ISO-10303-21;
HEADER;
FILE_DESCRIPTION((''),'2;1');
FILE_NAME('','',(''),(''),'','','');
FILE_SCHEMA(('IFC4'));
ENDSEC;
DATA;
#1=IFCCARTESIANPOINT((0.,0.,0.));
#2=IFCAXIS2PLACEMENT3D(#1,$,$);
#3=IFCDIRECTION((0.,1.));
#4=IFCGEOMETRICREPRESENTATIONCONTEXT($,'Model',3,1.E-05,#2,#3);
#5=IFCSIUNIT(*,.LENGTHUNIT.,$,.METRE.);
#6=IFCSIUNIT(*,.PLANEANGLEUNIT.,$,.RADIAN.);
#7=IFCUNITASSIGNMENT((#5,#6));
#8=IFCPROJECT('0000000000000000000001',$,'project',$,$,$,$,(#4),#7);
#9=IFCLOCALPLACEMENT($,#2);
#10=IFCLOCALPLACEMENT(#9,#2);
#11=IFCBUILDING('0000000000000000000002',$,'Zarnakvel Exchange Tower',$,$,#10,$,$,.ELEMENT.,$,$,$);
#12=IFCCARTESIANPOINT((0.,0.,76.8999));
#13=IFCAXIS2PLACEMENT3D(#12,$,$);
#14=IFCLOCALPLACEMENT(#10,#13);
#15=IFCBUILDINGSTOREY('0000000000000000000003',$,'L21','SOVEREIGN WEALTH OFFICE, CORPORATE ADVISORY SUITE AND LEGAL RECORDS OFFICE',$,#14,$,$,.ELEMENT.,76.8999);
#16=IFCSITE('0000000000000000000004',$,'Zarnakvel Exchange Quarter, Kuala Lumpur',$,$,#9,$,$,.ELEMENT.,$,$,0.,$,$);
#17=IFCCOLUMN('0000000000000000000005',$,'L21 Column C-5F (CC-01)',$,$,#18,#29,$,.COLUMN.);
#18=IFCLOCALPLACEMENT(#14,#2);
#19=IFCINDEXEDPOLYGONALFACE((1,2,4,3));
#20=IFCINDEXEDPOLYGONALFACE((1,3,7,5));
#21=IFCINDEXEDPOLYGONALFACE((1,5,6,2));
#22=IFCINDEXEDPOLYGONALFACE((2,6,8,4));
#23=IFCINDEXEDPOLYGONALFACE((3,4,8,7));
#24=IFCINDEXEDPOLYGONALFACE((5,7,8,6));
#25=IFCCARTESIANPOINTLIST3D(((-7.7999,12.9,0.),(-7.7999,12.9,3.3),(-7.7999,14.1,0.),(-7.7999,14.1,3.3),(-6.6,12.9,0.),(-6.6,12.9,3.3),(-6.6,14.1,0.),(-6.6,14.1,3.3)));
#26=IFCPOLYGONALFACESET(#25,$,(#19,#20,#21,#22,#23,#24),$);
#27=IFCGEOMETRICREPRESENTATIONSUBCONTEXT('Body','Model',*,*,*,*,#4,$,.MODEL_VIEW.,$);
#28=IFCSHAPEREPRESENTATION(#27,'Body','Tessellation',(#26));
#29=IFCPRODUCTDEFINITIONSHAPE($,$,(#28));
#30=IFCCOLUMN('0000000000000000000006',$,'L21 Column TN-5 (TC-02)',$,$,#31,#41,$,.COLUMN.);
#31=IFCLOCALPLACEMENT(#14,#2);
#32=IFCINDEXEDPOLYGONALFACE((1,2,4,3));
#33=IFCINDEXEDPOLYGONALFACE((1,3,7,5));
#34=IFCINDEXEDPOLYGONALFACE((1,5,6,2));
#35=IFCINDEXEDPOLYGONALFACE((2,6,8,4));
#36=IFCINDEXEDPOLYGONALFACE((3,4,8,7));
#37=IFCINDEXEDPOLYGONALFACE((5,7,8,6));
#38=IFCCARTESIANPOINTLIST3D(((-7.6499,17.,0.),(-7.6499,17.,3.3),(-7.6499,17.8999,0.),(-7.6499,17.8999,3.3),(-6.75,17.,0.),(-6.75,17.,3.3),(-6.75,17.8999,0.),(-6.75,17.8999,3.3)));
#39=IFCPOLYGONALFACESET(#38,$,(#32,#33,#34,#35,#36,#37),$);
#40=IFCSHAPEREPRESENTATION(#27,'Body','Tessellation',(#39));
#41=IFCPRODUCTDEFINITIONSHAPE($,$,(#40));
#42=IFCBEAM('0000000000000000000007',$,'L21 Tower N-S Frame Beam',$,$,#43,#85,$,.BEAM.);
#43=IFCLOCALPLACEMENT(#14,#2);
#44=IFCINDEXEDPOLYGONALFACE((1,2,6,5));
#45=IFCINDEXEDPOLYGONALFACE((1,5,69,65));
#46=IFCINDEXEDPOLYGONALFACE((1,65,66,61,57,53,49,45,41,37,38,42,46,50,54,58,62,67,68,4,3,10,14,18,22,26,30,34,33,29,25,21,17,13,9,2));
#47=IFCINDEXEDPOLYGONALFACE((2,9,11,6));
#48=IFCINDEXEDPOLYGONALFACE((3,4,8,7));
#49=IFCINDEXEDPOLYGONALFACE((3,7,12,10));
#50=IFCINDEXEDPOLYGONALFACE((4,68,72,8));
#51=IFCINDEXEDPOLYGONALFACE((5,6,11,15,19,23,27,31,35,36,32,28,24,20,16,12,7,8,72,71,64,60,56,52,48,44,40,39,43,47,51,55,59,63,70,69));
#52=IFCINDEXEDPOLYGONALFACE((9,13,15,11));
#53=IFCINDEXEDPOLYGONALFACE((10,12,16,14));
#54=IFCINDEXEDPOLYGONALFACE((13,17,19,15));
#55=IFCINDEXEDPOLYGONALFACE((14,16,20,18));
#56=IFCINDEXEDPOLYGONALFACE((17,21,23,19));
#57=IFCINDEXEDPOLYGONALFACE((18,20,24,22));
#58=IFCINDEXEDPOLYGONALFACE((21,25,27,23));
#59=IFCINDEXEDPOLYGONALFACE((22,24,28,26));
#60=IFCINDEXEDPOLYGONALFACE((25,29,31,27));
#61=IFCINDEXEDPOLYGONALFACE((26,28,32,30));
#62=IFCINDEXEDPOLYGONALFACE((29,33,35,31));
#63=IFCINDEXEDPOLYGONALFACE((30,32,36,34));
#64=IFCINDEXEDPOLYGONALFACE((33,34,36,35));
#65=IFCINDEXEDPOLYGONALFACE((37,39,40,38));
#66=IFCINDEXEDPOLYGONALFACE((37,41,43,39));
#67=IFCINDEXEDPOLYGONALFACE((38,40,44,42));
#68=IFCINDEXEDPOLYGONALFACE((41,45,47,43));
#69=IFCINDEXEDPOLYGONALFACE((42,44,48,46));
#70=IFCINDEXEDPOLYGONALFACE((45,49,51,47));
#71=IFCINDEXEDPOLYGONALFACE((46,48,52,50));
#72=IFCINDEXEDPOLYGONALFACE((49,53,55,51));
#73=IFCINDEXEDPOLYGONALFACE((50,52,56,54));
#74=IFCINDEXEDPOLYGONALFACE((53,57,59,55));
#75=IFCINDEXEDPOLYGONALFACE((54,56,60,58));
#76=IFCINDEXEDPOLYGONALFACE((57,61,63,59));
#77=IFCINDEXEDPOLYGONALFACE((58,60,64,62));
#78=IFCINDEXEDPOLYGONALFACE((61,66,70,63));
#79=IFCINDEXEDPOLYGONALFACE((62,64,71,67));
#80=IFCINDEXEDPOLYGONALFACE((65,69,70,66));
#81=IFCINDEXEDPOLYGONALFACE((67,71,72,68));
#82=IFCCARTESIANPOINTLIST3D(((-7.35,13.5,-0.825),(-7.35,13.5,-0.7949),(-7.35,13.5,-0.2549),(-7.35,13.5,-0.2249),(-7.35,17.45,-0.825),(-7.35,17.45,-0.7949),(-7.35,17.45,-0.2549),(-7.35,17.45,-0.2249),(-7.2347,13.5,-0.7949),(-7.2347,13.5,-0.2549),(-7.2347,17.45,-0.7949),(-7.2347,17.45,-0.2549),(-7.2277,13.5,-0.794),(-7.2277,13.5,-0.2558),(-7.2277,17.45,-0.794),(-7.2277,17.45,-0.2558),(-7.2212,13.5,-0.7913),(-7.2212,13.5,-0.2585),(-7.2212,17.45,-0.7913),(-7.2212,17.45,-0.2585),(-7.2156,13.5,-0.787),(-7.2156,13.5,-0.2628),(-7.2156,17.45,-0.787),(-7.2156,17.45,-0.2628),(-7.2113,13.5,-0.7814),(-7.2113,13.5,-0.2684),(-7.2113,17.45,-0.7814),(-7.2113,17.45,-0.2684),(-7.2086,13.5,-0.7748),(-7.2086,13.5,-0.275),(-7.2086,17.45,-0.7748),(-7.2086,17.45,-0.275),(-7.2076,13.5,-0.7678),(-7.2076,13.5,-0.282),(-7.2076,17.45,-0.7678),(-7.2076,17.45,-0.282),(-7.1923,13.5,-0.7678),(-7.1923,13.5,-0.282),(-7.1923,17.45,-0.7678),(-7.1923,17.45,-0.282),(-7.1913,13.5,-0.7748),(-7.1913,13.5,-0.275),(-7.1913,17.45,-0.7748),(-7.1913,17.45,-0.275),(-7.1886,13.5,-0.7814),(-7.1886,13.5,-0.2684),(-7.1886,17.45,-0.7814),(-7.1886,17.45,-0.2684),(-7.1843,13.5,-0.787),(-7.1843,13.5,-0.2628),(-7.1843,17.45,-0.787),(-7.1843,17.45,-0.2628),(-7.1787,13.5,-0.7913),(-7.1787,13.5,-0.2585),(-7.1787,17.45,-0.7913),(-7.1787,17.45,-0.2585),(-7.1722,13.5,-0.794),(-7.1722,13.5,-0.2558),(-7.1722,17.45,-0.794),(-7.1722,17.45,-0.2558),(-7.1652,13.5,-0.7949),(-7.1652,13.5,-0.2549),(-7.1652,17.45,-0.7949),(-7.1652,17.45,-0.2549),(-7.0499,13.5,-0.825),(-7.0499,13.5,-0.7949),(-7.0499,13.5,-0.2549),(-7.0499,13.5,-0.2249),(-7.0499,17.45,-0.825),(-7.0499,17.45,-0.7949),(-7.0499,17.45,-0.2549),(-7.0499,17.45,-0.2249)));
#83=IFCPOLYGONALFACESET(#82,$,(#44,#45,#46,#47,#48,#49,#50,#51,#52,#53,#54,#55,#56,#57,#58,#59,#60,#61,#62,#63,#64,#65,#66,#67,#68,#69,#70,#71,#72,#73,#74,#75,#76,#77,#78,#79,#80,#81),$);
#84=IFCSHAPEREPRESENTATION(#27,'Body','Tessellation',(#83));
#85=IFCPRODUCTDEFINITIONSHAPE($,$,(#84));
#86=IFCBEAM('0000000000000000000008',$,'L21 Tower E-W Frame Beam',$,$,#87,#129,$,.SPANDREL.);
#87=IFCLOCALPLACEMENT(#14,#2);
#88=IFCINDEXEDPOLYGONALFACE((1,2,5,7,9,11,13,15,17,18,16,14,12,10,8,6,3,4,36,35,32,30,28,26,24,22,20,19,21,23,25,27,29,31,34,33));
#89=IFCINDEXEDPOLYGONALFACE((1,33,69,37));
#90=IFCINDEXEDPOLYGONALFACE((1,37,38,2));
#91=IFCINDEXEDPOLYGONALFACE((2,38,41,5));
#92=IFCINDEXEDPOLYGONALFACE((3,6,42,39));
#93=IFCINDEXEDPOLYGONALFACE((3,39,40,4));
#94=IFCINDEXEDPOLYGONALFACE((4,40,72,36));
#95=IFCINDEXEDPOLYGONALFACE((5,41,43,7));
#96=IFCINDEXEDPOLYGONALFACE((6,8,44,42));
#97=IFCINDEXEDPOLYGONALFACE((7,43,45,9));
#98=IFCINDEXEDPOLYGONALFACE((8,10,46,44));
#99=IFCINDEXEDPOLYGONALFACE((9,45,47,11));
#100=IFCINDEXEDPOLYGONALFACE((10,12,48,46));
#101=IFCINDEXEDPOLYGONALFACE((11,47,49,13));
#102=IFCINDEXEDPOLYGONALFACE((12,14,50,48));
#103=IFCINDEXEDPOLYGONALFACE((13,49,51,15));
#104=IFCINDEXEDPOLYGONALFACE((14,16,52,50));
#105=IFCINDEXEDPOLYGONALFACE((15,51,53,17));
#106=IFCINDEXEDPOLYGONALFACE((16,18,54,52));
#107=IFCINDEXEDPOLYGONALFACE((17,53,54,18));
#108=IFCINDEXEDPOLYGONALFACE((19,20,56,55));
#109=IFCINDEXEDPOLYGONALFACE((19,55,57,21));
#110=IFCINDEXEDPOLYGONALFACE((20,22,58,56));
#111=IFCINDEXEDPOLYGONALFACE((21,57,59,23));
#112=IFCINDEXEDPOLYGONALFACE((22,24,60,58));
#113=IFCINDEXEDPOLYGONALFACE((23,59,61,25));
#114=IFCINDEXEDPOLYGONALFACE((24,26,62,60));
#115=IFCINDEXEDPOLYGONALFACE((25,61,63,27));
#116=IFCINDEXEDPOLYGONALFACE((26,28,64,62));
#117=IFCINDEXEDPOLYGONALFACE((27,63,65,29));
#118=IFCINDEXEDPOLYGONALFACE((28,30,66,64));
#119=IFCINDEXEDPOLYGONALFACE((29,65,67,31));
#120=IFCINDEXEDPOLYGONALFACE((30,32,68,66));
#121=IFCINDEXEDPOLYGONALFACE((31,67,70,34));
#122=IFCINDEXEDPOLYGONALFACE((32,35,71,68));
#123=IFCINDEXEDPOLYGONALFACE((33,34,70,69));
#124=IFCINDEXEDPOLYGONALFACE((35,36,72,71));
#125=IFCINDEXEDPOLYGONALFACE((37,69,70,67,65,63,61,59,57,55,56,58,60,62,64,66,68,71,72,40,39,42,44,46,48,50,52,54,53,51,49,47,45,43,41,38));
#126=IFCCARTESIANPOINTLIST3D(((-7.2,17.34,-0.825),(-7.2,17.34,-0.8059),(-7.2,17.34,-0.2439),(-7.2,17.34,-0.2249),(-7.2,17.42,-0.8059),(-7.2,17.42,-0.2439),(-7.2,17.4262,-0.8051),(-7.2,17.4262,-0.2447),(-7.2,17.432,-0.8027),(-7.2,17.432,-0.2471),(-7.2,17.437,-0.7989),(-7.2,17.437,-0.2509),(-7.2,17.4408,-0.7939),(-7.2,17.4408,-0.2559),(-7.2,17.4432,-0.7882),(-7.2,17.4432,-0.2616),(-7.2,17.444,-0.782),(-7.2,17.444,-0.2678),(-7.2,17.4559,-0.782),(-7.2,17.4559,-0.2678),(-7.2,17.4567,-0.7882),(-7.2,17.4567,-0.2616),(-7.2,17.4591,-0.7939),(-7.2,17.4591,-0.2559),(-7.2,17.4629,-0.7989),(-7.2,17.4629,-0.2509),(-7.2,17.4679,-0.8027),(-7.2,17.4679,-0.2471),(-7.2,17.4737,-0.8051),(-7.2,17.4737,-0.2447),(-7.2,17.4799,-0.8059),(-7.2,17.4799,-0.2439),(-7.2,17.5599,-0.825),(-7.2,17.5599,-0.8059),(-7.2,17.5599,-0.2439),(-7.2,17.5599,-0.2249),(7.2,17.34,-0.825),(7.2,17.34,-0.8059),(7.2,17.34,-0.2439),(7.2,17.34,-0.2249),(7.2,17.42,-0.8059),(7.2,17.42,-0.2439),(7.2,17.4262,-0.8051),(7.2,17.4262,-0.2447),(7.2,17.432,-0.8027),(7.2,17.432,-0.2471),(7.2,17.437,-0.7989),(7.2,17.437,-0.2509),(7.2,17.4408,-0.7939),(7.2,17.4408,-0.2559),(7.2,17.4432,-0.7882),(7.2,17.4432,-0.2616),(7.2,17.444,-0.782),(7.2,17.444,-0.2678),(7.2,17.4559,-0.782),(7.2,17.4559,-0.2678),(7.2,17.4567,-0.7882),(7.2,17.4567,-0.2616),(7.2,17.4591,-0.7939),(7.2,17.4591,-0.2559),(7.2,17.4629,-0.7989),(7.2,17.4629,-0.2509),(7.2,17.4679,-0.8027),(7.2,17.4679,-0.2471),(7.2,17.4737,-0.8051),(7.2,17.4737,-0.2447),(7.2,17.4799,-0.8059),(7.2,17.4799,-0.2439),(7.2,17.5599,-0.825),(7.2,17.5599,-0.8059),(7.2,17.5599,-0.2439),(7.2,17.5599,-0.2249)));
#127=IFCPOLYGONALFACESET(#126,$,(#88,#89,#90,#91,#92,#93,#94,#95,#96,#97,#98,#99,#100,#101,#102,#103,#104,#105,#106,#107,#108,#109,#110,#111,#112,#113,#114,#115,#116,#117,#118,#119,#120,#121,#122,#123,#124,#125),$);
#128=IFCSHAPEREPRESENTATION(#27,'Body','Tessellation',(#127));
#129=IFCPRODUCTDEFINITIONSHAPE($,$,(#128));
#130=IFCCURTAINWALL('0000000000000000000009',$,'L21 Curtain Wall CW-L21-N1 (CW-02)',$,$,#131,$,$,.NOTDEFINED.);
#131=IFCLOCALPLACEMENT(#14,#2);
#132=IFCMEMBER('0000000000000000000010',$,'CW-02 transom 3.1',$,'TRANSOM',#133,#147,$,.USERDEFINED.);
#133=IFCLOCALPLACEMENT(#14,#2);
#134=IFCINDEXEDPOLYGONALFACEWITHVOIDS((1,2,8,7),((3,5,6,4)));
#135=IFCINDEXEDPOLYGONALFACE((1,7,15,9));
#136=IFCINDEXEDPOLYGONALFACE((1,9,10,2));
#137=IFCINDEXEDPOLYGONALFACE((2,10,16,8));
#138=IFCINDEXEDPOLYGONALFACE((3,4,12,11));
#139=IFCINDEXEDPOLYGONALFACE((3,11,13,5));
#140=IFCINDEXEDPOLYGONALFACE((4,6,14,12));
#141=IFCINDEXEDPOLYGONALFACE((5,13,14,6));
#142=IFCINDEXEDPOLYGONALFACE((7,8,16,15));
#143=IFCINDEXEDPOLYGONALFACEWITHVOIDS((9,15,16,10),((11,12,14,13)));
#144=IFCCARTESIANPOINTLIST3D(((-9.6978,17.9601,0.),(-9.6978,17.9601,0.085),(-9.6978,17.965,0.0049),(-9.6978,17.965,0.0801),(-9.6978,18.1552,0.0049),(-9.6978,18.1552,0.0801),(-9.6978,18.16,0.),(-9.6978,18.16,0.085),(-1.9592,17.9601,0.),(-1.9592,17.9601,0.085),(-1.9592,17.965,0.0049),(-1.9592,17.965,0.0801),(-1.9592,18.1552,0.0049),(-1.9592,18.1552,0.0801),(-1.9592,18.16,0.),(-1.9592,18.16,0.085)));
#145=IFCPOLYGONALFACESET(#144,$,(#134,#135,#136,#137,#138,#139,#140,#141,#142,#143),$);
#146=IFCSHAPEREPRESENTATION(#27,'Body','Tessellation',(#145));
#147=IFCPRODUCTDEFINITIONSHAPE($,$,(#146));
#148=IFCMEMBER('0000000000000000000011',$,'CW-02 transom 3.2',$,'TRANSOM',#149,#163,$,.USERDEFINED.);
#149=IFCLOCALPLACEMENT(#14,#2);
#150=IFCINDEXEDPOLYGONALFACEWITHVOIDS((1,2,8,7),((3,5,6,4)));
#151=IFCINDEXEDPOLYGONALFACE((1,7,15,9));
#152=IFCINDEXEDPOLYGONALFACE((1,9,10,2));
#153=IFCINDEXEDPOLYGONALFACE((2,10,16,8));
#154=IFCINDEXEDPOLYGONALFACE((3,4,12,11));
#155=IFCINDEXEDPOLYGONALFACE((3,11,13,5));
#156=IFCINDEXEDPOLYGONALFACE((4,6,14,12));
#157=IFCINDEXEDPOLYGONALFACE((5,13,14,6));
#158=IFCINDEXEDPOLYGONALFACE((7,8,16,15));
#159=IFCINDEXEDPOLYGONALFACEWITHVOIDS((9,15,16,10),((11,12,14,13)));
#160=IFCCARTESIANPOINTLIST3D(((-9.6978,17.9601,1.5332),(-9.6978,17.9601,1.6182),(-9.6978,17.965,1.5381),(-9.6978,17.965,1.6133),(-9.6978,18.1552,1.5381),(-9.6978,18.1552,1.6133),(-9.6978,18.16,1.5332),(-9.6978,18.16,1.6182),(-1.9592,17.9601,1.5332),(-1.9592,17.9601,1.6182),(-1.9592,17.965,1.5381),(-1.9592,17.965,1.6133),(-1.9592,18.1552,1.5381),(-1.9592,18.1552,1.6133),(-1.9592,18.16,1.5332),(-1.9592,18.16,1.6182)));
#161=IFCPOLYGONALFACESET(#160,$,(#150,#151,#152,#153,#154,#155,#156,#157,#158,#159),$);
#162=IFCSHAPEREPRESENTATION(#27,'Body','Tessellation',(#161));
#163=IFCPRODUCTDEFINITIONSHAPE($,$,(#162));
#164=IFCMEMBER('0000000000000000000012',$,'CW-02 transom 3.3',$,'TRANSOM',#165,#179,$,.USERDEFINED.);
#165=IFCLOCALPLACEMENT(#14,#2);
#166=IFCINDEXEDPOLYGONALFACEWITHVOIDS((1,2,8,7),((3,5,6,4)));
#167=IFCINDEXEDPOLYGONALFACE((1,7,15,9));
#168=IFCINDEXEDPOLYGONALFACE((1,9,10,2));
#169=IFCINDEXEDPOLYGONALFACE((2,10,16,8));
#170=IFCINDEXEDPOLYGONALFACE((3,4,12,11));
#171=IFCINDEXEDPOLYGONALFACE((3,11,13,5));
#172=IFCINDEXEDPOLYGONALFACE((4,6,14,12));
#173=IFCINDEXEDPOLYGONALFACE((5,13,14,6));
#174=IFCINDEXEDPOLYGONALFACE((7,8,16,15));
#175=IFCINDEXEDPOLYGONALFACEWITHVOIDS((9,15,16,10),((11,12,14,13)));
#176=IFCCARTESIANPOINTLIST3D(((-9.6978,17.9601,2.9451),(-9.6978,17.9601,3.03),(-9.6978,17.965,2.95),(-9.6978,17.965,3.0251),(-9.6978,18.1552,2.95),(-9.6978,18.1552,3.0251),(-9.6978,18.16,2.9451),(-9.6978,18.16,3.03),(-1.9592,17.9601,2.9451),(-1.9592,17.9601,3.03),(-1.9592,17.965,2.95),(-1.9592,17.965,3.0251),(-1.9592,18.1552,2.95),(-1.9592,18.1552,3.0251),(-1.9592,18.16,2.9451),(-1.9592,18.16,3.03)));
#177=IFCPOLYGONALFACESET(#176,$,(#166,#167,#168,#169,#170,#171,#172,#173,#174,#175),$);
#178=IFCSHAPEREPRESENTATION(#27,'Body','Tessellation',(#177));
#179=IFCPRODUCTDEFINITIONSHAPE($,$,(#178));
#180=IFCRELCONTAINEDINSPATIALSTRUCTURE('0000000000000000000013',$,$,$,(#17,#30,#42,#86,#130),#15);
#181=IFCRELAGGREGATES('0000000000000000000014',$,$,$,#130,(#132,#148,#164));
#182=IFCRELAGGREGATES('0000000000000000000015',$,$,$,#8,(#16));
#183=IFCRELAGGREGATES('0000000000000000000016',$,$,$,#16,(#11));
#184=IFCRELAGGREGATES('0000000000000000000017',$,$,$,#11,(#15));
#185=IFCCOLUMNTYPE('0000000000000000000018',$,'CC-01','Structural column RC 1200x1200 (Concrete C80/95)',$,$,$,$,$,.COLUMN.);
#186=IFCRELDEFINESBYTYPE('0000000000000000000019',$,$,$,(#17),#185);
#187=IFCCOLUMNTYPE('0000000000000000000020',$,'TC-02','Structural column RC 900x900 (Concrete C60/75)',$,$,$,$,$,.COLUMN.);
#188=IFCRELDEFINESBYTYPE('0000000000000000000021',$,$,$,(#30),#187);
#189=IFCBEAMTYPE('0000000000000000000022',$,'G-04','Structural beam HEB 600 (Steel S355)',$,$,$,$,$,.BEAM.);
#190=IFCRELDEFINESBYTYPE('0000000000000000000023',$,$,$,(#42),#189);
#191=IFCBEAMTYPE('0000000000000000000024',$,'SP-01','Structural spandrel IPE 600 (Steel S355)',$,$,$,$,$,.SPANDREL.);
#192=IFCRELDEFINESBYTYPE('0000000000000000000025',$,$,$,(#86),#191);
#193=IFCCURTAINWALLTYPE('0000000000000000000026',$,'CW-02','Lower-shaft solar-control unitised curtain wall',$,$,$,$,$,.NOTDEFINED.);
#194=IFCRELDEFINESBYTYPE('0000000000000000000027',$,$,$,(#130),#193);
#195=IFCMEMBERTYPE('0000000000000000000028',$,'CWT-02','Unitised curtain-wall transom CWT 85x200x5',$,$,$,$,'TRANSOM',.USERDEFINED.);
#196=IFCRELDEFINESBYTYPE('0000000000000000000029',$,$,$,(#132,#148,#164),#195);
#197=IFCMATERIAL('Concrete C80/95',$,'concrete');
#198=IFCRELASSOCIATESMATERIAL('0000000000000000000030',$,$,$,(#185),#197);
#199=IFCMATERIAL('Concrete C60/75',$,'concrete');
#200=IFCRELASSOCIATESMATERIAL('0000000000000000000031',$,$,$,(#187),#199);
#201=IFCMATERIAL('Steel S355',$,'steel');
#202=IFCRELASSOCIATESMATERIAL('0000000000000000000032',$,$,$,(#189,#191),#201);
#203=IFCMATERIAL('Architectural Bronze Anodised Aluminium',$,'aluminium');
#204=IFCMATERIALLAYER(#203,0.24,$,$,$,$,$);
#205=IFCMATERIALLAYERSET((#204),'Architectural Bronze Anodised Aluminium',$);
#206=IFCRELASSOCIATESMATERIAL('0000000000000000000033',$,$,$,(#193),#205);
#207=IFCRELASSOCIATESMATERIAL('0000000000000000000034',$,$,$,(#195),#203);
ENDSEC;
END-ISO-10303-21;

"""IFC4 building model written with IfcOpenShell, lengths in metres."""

from ifc_helpers import new_model, si_unit, direction, frame, origin, origin_2d, place, context, subcontext, project, spatial, rectangle, hollow_rectangle, i_section, extrude, source, transform, mapped, material, layer, layer_set, material_profile, profile_set, type_object, element, aggregate, save


model = new_model("IFC4")

# Units and contexts
model_context = context("Model", 3, precision=1e-05, world=origin(), true_north=direction((0.0, 1.0)))
body_context = subcontext(model_context, "Body", "Model", "MODEL_VIEW")
ifc_project = project(units=[si_unit("LENGTHUNIT", "METRE"), si_unit("PLANEANGLEUNIT", "RADIAN")], contexts=[model_context])

# Site, building, storey
site_placement = place(None, origin())
site = spatial("IfcSite", under=ifc_project, at=site_placement, Name="Zarnakvel Exchange Quarter, Kuala Lumpur", CompositionType="ELEMENT", RefElevation=0.0)
building_placement = place(site_placement, origin())
building = spatial("IfcBuilding", under=site, at=building_placement, Name="Zarnakvel Exchange Tower", CompositionType="ELEMENT")
storey_placement = place(building_placement, frame((0.0, 0.0, 76.8999)))
storey = spatial("IfcBuildingStorey", under=building, at=storey_placement, Name="L21", Description="SOVEREIGN WEALTH OFFICE, CORPORATE ADVISORY SUITE AND LEGAL RECORDS OFFICE", CompositionType="ELEMENT", Elevation=76.8999)

# Columns
ifc_material_1 = material(Name="Concrete C80/95", Category="concrete")
ifc_material_profile_1 = material_profile(ifc_material_1, rectangle(XDim=1.2, YDim=1.2, at=origin_2d()))
ifc_profile_set_1 = profile_set([ifc_material_profile_1], Name="Concrete C80/95")
column_type_1 = type_object("IfcColumnType", Name="CC-01", Description="Structural column RC 1200x1200 (Concrete C80/95)", PredefinedType="COLUMN", material=ifc_profile_set_1)
column_1_placement = place(storey_placement, frame((-7.2, 13.5, 0.0), z_axis=(0.0, 0.0, 1.0), x_axis=(1.0, 0.0, 0.0)))
element("IfcColumn", 1, at=column_1_placement, inside=storey, type_object=column_type_1, Name="L21 Column C-5F (CC-01)", PredefinedType="COLUMN", context=body_context, shape_type="SweptSolid", body=[
    extrude(rectangle(XDim=1.2, YDim=1.2, at=origin_2d()), origin(), (0.0, 0.0, 1.0), 3.3),
])
ifc_material_2 = material(Name="Concrete C60/75", Category="concrete")
ifc_material_profile_2 = material_profile(ifc_material_2, rectangle(XDim=0.8999, YDim=0.8999, at=origin_2d()))
ifc_profile_set_2 = profile_set([ifc_material_profile_2], Name="Concrete C60/75")
column_type_2 = type_object("IfcColumnType", Name="TC-02", Description="Structural column RC 900x900 (Concrete C60/75)", PredefinedType="COLUMN", material=ifc_profile_set_2)
column_2_placement = place(storey_placement, frame((-7.2, 17.45, 0.0), z_axis=(0.0, 0.0, 1.0), x_axis=(1.0, 0.0, 0.0)))
element("IfcColumn", 2, at=column_2_placement, inside=storey, type_object=column_type_2, Name="L21 Column TN-5 (TC-02)", PredefinedType="COLUMN", context=body_context, shape_type="SweptSolid", body=[
    extrude(rectangle(XDim=0.8999, YDim=0.8999, at=origin_2d()), origin(), (0.0, 0.0, 1.0), 3.3),
])

# Beams
ifc_material_3 = material(Name="Steel S355", Category="steel")
ifc_material_profile_3 = material_profile(ifc_material_3, i_section(OverallWidth=0.3, OverallDepth=0.6001, WebThickness=0.0154, FlangeThickness=0.03, FilletRadius=0.0271, at=origin_2d()))
ifc_profile_set_3 = profile_set([ifc_material_profile_3], Name="Steel S355")
beam_type_1 = type_object("IfcBeamType", Name="G-04", Description="Structural beam HEB 600 (Steel S355)", PredefinedType="BEAM", material=ifc_profile_set_3)
beam_1_placement = place(storey_placement, frame((-7.2, 13.5, -0.5249), z_axis=(0.0, 1.0, 0.0), x_axis=(-1.0, 0.0, 0.0)))
element("IfcBeam", 3, at=beam_1_placement, inside=storey, type_object=beam_type_1, Name="L21 Tower N-S Frame Beam", PredefinedType="BEAM", context=body_context, shape_type="SweptSolid", body=[
    extrude(i_section(OverallWidth=0.3, OverallDepth=0.6001, WebThickness=0.0154, FlangeThickness=0.03, FilletRadius=0.0271, at=origin_2d()), origin(), (0.0, 0.0, 1.0), 3.95),
])
ifc_material_profile_4 = material_profile(ifc_material_3, i_section(OverallWidth=0.22, OverallDepth=0.6001, WebThickness=0.012, FlangeThickness=0.019, FilletRadius=0.0239, at=origin_2d()))
ifc_profile_set_4 = profile_set([ifc_material_profile_4], Name="Steel S355")
beam_type_2 = type_object("IfcBeamType", Name="SP-01", Description="Structural spandrel IPE 600 (Steel S355)", PredefinedType="SPANDREL", material=ifc_profile_set_4)
beam_2_placement = place(storey_placement, frame((-7.2, 17.45, -0.5249), z_axis=(1.0, 0.0, 0.0), x_axis=(0.0, 1.0, 0.0)))
element("IfcBeam", 4, at=beam_2_placement, inside=storey, type_object=beam_type_2, Name="L21 Tower E-W Frame Beam", PredefinedType="SPANDREL", context=body_context, shape_type="SweptSolid", body=[
    extrude(i_section(OverallWidth=0.22, OverallDepth=0.6001, WebThickness=0.012, FlangeThickness=0.019, FilletRadius=0.0239, at=origin_2d()), origin(), (0.0, 0.0, 1.0), 14.3999),
])

# Curtain wall, members
ifc_material_4 = material(Name="Architectural Bronze Anodised Aluminium", Category="aluminium")
ifc_layer_1 = layer(ifc_material_4, 0.24)
ifc_layer_set_1 = layer_set([ifc_layer_1], Name="Architectural Bronze Anodised Aluminium")
curtain_wall_type = type_object("IfcCurtainWallType", Name="CW-02", Description="Lower-shaft solar-control unitised curtain wall", PredefinedType="NOTDEFINED", material=ifc_layer_set_1)
curtain_wall_placement = place(storey_placement, origin())
curtain_wall = element("IfcCurtainWall", 5, at=curtain_wall_placement, inside=storey, type_object=curtain_wall_type, Name="L21 Curtain Wall CW-L21-N1 (CW-02)", PredefinedType="NOTDEFINED")
ifc_material_profile_5 = material_profile(ifc_material_4, hollow_rectangle(XDim=0.2, YDim=0.085, WallThickness=0.0049, at=origin_2d()))
ifc_profile_set_5 = profile_set([ifc_material_profile_5], Name="Architectural Bronze Anodised Aluminium")
member_type_1 = type_object("IfcMemberType", Name="CWT-02", Description="Unitised curtain-wall transom CWT 85x200x5", ElementType="TRANSOM", PredefinedType="USERDEFINED", material=ifc_profile_set_5)
shared_shape_1 = source(origin(), body_context, "Body", "SweptSolid", [
    extrude(hollow_rectangle(XDim=0.2, YDim=0.085, WallThickness=0.0049, at=origin_2d()), origin(), (0.0, 0.0, 1.0), 7.7385),
])
member_1_placement = place(storey_placement, frame((-9.6978, 18.0601, 0.0425), z_axis=(1.0, 0.0, 0.0), x_axis=(0.0, 1.0, 0.0)))
member_1 = element("IfcMember", 6, at=member_1_placement, type_object=member_type_1, Name="CW-02 transom 3.1", ObjectType="TRANSOM", PredefinedType="USERDEFINED", context=body_context, shape_type="MappedRepresentation", body=[
    mapped(shared_shape_1, transform((0.0, 0.0, 0.0), x_axis=(1.0, 0.0, 0.0), y_axis=(0.0, 1.0, 0.0), z_axis=(0.0, 0.0, 1.0), scale=1.0)),
])
member_2_placement = place(storey_placement, frame((-9.6978, 18.0601, 1.5757), z_axis=(1.0, 0.0, 0.0), x_axis=(0.0, 1.0, 0.0)))
member_2 = element("IfcMember", 7, at=member_2_placement, type_object=member_type_1, Name="CW-02 transom 3.2", ObjectType="TRANSOM", PredefinedType="USERDEFINED", context=body_context, shape_type="MappedRepresentation", body=[
    mapped(shared_shape_1, transform((0.0, 0.0, 0.0), x_axis=(1.0, 0.0, 0.0), y_axis=(0.0, 1.0, 0.0), z_axis=(0.0, 0.0, 1.0), scale=1.0)),
])
member_3_placement = place(storey_placement, frame((-9.6978, 18.0601, 2.9875), z_axis=(1.0, 0.0, 0.0), x_axis=(0.0, 1.0, 0.0)))
member_3 = element("IfcMember", 8, at=member_3_placement, type_object=member_type_1, Name="CW-02 transom 3.3", ObjectType="TRANSOM", PredefinedType="USERDEFINED", context=body_context, shape_type="MappedRepresentation", body=[
    mapped(shared_shape_1, transform((0.0, 0.0, 0.0), x_axis=(1.0, 0.0, 0.0), y_axis=(0.0, 1.0, 0.0), z_axis=(0.0, 0.0, 1.0), scale=1.0)),
])
aggregate(curtain_wall, [member_1, member_2, member_3])

save(model, "model.ifc")
